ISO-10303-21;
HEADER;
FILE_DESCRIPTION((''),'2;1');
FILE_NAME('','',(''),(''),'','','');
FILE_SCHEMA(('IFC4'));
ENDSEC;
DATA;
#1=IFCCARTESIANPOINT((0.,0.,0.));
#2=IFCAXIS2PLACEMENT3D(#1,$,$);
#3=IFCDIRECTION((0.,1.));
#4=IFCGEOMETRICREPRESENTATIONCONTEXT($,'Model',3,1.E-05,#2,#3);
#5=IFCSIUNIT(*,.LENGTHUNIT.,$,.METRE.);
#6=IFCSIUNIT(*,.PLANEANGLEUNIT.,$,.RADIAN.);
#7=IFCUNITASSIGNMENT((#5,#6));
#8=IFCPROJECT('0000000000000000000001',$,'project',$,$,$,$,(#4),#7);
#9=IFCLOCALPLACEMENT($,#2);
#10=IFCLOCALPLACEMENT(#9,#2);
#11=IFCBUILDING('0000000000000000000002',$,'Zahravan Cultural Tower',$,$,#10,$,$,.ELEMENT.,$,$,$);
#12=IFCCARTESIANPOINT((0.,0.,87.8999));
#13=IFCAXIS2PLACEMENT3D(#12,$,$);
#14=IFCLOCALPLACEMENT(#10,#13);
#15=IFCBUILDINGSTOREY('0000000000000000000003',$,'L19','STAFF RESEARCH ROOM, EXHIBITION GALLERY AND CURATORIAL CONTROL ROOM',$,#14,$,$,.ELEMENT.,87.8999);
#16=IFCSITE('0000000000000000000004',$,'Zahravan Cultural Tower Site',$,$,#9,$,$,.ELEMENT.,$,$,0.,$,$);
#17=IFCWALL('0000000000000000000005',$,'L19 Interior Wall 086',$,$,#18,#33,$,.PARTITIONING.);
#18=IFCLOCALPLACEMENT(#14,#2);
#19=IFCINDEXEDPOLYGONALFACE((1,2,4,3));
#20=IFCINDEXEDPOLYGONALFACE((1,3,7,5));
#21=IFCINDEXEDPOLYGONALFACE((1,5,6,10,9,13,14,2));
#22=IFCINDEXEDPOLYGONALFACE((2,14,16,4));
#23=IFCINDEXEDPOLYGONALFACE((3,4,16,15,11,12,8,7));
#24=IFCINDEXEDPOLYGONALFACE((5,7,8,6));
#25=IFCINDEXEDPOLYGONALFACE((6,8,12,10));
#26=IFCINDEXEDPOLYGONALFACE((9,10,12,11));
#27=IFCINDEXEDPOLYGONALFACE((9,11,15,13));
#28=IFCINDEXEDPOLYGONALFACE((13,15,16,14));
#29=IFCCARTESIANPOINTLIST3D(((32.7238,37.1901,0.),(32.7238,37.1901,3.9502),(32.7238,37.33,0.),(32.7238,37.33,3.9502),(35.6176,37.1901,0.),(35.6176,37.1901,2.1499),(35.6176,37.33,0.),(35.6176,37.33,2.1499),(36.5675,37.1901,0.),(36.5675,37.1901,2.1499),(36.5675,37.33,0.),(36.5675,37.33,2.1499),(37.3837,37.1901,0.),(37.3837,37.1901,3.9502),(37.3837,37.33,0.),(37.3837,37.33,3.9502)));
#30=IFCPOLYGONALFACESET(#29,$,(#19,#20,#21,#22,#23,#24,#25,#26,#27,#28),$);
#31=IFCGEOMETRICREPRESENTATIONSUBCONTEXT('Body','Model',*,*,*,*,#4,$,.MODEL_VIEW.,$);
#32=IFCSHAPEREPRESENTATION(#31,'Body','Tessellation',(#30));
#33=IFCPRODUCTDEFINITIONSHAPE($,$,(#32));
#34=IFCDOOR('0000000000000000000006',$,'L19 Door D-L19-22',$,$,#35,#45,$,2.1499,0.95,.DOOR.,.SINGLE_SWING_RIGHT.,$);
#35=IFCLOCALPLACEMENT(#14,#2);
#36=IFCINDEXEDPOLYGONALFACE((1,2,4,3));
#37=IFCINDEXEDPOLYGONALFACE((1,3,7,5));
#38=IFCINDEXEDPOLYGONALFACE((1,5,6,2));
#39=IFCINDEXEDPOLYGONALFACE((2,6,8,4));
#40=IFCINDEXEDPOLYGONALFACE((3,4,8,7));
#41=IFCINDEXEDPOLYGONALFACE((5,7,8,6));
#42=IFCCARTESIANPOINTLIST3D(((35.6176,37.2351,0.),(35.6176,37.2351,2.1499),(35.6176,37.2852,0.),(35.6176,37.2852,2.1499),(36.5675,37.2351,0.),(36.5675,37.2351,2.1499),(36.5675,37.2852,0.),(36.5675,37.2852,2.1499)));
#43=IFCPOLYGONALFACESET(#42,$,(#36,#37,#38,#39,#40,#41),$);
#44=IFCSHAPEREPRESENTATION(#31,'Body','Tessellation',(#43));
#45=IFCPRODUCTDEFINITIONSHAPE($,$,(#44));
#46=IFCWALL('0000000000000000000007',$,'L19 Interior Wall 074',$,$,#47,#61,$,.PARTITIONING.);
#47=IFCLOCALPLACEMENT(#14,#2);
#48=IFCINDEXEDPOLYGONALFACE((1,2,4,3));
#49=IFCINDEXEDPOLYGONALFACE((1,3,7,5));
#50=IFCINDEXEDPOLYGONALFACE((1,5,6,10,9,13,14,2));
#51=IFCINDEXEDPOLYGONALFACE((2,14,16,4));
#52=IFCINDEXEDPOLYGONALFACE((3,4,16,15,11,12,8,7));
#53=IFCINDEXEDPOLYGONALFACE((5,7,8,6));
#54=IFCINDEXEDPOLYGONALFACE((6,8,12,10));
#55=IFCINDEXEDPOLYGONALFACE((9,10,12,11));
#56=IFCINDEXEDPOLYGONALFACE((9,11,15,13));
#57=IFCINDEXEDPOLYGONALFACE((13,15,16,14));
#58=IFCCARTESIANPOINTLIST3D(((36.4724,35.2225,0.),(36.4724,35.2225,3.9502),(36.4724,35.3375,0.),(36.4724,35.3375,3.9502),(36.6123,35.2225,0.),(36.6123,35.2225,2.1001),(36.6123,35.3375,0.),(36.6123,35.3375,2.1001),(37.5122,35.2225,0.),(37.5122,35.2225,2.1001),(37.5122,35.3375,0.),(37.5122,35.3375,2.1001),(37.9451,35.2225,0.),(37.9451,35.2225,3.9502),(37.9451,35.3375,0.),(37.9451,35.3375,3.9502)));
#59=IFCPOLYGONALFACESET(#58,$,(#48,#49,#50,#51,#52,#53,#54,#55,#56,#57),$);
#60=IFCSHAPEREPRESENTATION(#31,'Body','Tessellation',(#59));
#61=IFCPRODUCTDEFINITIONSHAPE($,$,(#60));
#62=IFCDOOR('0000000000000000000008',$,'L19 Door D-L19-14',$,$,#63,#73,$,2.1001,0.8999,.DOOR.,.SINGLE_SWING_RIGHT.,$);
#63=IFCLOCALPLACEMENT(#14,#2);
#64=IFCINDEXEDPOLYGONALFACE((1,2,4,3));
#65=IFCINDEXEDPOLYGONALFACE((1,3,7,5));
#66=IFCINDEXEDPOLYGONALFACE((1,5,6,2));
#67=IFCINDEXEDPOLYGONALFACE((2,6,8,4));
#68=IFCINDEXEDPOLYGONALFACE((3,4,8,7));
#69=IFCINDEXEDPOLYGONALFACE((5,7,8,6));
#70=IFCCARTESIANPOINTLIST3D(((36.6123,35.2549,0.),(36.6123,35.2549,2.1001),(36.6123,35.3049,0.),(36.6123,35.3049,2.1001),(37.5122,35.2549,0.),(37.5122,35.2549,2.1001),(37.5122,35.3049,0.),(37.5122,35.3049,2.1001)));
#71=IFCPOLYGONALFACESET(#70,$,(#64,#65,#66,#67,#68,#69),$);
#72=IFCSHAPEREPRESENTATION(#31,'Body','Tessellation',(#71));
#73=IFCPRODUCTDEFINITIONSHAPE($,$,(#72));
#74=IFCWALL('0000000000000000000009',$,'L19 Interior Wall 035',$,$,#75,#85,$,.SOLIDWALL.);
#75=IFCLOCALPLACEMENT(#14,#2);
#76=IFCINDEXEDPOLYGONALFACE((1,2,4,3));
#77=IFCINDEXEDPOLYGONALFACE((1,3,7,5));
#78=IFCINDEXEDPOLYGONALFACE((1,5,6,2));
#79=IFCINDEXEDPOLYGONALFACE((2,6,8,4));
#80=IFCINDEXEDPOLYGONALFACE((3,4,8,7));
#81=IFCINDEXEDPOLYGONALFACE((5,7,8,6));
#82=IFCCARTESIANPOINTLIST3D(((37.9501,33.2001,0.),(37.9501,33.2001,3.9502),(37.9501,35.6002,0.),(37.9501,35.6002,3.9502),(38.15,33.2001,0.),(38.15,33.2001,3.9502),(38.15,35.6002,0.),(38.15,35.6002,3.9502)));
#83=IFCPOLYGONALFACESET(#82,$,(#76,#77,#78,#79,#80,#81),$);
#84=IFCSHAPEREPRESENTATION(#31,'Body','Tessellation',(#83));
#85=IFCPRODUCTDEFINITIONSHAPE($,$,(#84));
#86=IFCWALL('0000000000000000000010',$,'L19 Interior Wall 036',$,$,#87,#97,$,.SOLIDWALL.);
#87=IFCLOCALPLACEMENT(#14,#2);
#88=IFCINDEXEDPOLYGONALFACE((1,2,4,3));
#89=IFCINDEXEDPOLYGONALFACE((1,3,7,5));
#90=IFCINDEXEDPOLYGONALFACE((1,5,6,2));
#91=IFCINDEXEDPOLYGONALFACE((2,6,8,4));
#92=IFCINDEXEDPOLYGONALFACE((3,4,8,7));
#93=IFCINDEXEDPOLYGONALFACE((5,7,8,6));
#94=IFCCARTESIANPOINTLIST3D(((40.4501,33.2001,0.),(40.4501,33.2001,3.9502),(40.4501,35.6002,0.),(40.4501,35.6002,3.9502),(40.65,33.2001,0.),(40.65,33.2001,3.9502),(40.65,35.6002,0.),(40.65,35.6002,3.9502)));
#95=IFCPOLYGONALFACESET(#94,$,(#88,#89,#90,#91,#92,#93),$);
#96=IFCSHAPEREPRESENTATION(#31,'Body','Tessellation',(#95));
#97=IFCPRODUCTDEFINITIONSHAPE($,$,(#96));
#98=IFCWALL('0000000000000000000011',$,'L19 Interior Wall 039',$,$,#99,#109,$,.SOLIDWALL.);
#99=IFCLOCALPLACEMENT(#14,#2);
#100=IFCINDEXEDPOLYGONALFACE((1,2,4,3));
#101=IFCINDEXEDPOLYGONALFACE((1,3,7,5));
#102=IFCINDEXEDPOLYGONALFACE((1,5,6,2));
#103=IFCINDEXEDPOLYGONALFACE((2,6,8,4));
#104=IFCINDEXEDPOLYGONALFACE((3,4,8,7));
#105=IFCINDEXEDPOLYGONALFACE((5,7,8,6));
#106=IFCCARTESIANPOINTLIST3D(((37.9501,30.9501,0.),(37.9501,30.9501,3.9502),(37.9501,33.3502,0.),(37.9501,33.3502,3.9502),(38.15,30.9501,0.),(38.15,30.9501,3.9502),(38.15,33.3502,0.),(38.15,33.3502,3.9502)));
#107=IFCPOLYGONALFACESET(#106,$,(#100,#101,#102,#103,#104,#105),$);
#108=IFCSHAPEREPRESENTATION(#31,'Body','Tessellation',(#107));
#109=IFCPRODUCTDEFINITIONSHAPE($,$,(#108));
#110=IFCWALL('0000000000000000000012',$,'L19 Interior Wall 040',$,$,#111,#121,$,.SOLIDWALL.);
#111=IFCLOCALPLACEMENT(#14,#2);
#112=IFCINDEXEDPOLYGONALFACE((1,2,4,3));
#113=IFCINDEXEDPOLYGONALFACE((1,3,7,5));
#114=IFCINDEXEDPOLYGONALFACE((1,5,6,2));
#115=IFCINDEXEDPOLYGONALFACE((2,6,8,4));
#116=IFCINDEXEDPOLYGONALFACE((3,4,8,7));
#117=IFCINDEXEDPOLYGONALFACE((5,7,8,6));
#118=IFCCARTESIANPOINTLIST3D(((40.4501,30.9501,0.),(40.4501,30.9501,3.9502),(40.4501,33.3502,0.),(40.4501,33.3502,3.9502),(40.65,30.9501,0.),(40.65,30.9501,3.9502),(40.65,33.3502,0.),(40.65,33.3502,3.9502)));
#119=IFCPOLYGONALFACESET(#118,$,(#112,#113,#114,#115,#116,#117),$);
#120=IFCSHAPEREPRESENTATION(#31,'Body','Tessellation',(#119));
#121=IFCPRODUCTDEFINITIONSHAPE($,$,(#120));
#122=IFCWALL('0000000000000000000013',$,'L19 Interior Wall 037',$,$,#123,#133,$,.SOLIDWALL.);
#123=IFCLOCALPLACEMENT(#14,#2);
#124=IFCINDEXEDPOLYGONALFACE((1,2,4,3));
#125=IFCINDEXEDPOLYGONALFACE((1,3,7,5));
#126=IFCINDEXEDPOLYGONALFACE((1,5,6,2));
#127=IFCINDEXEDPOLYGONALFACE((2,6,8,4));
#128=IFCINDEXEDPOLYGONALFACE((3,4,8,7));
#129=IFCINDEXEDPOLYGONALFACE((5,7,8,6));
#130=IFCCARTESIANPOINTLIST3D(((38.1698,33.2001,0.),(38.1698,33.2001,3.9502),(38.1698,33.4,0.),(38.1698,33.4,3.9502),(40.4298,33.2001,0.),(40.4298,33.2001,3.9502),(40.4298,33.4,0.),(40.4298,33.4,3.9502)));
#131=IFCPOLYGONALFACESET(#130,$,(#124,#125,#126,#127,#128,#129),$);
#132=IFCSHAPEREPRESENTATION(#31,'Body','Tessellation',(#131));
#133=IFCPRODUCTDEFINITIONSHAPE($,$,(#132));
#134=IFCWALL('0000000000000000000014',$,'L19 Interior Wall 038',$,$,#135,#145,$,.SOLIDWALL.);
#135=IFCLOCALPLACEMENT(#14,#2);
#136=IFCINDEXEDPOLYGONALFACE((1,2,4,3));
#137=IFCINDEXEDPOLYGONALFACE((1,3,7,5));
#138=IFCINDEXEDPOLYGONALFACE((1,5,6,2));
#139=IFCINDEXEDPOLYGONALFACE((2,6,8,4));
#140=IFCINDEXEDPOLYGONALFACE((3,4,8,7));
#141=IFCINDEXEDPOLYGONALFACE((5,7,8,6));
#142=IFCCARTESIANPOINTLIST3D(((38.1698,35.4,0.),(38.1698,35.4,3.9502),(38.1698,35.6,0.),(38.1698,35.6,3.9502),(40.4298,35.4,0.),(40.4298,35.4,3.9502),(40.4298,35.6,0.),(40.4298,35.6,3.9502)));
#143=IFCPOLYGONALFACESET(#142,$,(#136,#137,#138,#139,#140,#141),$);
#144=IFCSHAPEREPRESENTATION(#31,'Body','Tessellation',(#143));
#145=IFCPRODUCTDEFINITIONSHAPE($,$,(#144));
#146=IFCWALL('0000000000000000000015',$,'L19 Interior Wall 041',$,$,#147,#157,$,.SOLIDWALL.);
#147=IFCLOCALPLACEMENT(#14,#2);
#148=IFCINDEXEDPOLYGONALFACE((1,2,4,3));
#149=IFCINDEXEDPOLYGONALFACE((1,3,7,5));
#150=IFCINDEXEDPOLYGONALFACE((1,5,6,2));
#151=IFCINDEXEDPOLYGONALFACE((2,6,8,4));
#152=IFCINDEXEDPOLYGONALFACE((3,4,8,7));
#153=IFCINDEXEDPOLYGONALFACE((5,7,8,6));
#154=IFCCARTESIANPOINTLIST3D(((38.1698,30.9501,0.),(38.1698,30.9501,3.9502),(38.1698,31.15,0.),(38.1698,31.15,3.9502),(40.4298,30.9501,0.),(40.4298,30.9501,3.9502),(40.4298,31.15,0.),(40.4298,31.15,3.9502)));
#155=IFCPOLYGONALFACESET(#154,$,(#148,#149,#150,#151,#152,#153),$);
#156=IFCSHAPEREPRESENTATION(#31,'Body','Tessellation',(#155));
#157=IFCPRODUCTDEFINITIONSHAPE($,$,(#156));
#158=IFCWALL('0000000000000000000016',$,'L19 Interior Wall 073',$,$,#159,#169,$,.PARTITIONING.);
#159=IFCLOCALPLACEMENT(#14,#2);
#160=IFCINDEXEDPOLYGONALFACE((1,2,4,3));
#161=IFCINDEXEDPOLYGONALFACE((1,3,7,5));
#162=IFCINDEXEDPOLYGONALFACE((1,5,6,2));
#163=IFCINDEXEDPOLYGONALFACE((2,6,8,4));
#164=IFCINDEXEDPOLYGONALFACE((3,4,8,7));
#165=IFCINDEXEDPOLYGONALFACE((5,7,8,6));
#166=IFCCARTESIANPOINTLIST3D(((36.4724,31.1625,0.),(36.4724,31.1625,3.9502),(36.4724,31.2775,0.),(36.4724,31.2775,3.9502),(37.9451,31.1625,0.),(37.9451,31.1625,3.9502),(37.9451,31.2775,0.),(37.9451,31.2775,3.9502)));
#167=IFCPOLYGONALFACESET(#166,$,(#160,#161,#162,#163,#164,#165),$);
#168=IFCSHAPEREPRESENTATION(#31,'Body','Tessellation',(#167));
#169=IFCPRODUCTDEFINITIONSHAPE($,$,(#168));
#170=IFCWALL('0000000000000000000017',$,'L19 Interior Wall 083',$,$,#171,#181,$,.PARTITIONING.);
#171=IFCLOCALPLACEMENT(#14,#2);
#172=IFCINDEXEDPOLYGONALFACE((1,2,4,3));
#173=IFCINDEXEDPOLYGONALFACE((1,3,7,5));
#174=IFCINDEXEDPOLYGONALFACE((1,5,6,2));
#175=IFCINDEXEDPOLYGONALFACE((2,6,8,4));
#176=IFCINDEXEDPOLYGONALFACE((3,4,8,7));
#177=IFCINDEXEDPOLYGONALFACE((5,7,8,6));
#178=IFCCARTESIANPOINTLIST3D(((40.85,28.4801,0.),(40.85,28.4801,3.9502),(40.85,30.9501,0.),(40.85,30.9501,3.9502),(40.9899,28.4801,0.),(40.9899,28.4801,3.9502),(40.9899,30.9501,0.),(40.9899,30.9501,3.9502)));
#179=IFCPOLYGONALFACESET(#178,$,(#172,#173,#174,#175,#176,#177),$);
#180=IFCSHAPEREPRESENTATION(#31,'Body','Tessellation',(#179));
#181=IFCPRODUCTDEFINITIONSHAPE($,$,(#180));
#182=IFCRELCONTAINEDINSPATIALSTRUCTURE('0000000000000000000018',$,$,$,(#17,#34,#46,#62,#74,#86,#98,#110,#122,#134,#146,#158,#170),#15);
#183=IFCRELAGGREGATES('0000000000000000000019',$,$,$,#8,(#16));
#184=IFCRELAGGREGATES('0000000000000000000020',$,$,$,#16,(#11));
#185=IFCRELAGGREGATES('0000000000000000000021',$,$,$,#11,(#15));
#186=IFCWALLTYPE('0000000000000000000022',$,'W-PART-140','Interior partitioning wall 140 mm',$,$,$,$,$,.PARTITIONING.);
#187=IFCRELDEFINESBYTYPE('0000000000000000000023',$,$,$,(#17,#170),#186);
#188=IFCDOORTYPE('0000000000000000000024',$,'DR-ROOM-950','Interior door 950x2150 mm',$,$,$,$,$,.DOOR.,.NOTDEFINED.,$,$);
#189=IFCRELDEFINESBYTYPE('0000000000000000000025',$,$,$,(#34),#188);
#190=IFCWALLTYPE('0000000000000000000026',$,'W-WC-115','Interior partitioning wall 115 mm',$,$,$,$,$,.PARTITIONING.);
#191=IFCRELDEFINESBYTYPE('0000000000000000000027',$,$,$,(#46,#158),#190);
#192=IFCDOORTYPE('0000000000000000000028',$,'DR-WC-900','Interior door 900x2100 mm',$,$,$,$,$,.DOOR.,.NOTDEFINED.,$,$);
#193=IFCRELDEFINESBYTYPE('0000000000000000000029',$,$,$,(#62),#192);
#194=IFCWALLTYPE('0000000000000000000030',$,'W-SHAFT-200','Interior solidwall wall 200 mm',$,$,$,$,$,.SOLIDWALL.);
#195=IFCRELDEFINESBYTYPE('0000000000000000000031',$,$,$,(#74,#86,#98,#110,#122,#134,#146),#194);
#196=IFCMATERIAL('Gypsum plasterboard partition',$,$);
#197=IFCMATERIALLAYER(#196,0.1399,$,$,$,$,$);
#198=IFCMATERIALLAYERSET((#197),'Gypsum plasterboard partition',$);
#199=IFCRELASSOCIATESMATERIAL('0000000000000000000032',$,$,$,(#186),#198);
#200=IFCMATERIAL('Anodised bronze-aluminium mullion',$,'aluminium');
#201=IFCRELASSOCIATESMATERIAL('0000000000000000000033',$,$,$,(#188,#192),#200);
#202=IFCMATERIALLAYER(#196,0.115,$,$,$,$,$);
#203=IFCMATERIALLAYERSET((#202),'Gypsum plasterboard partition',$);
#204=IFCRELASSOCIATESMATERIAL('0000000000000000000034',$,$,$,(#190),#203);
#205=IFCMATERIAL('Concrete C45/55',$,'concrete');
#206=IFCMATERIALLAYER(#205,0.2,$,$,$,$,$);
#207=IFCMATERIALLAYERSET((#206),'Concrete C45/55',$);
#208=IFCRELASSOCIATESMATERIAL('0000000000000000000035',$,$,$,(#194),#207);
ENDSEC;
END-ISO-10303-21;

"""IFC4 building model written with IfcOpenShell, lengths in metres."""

from ifc_helpers import new_model, si_unit, direction, frame, frame_2d, origin, place, context, subcontext, project, spatial, rectangle, extrude, source, transform, mapped, material, layer, layer_set, type_object, element, fill, save


model = new_model("IFC4")

# Units and contexts
model_context = context("Model", 3, precision=1e-05, world=origin(), true_north=direction((0.0, 1.0)))
body_context = subcontext(model_context, "Body", "Model", "MODEL_VIEW")
ifc_project = project(units=[si_unit("LENGTHUNIT", "METRE"), si_unit("PLANEANGLEUNIT", "RADIAN")], contexts=[model_context])

# Site, building, storey
site_placement = place(None, origin())
site = spatial("IfcSite", under=ifc_project, at=site_placement, Name="Zahravan Cultural Tower Site", CompositionType="ELEMENT", RefElevation=0.0)
building_placement = place(site_placement, origin())
building = spatial("IfcBuilding", under=site, at=building_placement, Name="Zahravan Cultural Tower", CompositionType="ELEMENT")
storey_placement = place(building_placement, frame((0.0, 0.0, 87.8999)))
storey = spatial("IfcBuildingStorey", under=building, at=storey_placement, Name="L19", Description="STAFF RESEARCH ROOM, EXHIBITION GALLERY AND CURATORIAL CONTROL ROOM", CompositionType="ELEMENT", Elevation=87.8999)

# Shared definitions
ifc_material_1 = material(Name="Anodised bronze-aluminium mullion", Category="aluminium")

# Walls, openings, doors
ifc_material_2 = material(Name="Gypsum plasterboard partition")
ifc_layer_1 = layer(ifc_material_2, 0.1399)
ifc_layer_set_1 = layer_set([ifc_layer_1], Name="Gypsum plasterboard partition")
wall_type_1 = type_object("IfcWallType", Name="W-PART-140", Description="Interior partitioning wall 140 mm", PredefinedType="PARTITIONING", material=ifc_layer_set_1)
door_type_1 = type_object("IfcDoorType", Name="DR-ROOM-950", Description="Interior door 950x2150 mm", OperationType="NOTDEFINED", PredefinedType="DOOR", material=ifc_material_1)
shared_shape_1 = source(origin(), body_context, "Body", "SweptSolid", [
    extrude(rectangle(XDim=0.95, YDim=2.1499, at=frame_2d((0.4751, 1.075))), frame((0.0, 0.0249, 0.0), z_axis=(0.0, -1.0, 0.0), x_axis=(1.0, 0.0, 0.0)), (0.0, 0.0, 1.0), 0.05),
])
wall_1_placement = place(storey_placement, frame((37.3838, 37.26, 0.0), z_axis=(0.0, 0.0, 1.0), x_axis=(-1.0, 0.0, 0.0)))
wall_1 = element("IfcWall", 1, at=wall_1_placement, inside=storey, type_object=wall_type_1, Name="L19 Interior Wall 086", PredefinedType="PARTITIONING", context=body_context, shape_type="SweptSolid", body=[
    extrude(rectangle(XDim=4.6599, YDim=0.1399, at=frame_2d((2.3301, 0.0))), origin(), (0.0, 0.0, 1.0), 3.9502),
])
opening_1_placement = place(wall_1_placement, frame((0.8162, 0.0, 0.0)))
opening_1 = element("IfcOpeningElement", 2, at=opening_1_placement, cuts=wall_1, PredefinedType="OPENING", context=body_context, shape_type="SweptSolid", body=[
    extrude(rectangle(XDim=0.95, YDim=2.1499, at=frame_2d((0.4751, 1.075))), frame((0.0, 0.0798, 0.0), z_axis=(0.0, -1.0, 0.0), x_axis=(1.0, 0.0, 0.0)), (0.0, 0.0, 1.0), 0.1599),
])
door_1_placement = place(opening_1_placement, origin())
door_1 = element("IfcDoor", 3, at=door_1_placement, inside=storey, type_object=door_type_1, Name="L19 Door D-L19-22", OperationType="SINGLE_SWING_RIGHT", OverallHeight=2.1499, OverallWidth=0.95, PredefinedType="DOOR", context=body_context, shape_type="MappedRepresentation", body=[
    mapped(shared_shape_1, transform((0.0, 0.0, 0.0), x_axis=(1.0, 0.0, 0.0), y_axis=(0.0, 1.0, 0.0), z_axis=(0.0, 0.0, 1.0), scale=1.0)),
])
fill(opening_1, door_1)
ifc_layer_2 = layer(ifc_material_2, 0.115)
ifc_layer_set_2 = layer_set([ifc_layer_2], Name="Gypsum plasterboard partition")
wall_type_2 = type_object("IfcWallType", Name="W-WC-115", Description="Interior partitioning wall 115 mm", PredefinedType="PARTITIONING", material=ifc_layer_set_2)
wall_2_placement = place(storey_placement, frame((36.4724, 35.28, 0.0), z_axis=(0.0, 0.0, 1.0), x_axis=(1.0, 0.0, 0.0)))
wall_2 = element("IfcWall", 4, at=wall_2_placement, inside=storey, type_object=wall_type_2, Name="L19 Interior Wall 074", PredefinedType="PARTITIONING", context=body_context, shape_type="SweptSolid", body=[
    extrude(rectangle(XDim=1.4727, YDim=0.115, at=frame_2d((0.7363, 0.0))), origin(), (0.0, 0.0, 1.0), 3.9502),
])
opening_2_placement = place(wall_2_placement, frame((0.1399, 0.0, 0.0)))
opening_2 = element("IfcOpeningElement", 5, at=opening_2_placement, cuts=wall_2, PredefinedType="OPENING", context=body_context, shape_type="SweptSolid", body=[
    extrude(rectangle(XDim=0.8999, YDim=2.1001, at=frame_2d((0.45, 1.05))), frame((0.0, 0.0674, 0.0), z_axis=(0.0, -1.0, 0.0), x_axis=(1.0, 0.0, 0.0)), (0.0, 0.0, 1.0), 0.135),
])
door_type_2 = type_object("IfcDoorType", Name="DR-WC-900", Description="Interior door 900x2100 mm", OperationType="NOTDEFINED", PredefinedType="DOOR", material=ifc_material_1)
shared_shape_2 = source(origin(), body_context, "Body", "SweptSolid", [
    extrude(rectangle(XDim=0.8999, YDim=2.1001, at=frame_2d((0.45, 1.05))), frame((0.0, 0.0249, 0.0), z_axis=(0.0, -1.0, 0.0), x_axis=(1.0, 0.0, 0.0)), (0.0, 0.0, 1.0), 0.05),
])
door_2_placement = place(opening_2_placement, origin())
door_2 = element("IfcDoor", 6, at=door_2_placement, inside=storey, type_object=door_type_2, Name="L19 Door D-L19-14", OperationType="SINGLE_SWING_RIGHT", OverallHeight=2.1001, OverallWidth=0.8999, PredefinedType="DOOR", context=body_context, shape_type="MappedRepresentation", body=[
    mapped(shared_shape_2, transform((0.0, 0.0, 0.0), x_axis=(1.0, 0.0, 0.0), y_axis=(0.0, 1.0, 0.0), z_axis=(0.0, 0.0, 1.0), scale=1.0)),
])
fill(opening_2, door_2)

# Walls
ifc_material_3 = material(Name="Concrete C45/55", Category="concrete")
ifc_layer_3 = layer(ifc_material_3, 0.2)
ifc_layer_set_3 = layer_set([ifc_layer_3], Name="Concrete C45/55")
wall_type_3 = type_object("IfcWallType", Name="W-SHAFT-200", Description="Interior solidwall wall 200 mm", PredefinedType="SOLIDWALL", material=ifc_layer_set_3)
shared_shape_3 = source(origin(), body_context, "Body", "SweptSolid", [
    extrude(rectangle(XDim=2.4001, YDim=0.2, at=frame_2d((1.2002, 0.0))), origin(), (0.0, 0.0, 1.0), 3.9502),
])
for number, where, z_axis, x_axis, name in (
    (7, (38.05, 33.2, 0.0), (0.0, 0.0, 1.0), (0.0, 1.0, 0.0), "L19 Interior Wall 035"),
    (8, (40.55, 33.2, 0.0), (0.0, 0.0, 1.0), (0.0, 1.0, 0.0), "L19 Interior Wall 036"),
    (9, (38.05, 30.95, 0.0), (0.0, 0.0, 1.0), (0.0, 1.0, 0.0), "L19 Interior Wall 039"),
    (10, (40.55, 30.95, 0.0), (0.0, 0.0, 1.0), (0.0, 1.0, 0.0), "L19 Interior Wall 040"),
):
    element("IfcWall", number, at=place(storey_placement, frame(where, z_axis=z_axis, x_axis=x_axis)), inside=storey, type_object=wall_type_3, Name=name, PredefinedType="SOLIDWALL", context=body_context, shape_type="MappedRepresentation", body=[
        mapped(shared_shape_3, transform((0.0, 0.0, 0.0), x_axis=(1.0, 0.0, 0.0), y_axis=(0.0, 1.0, 0.0), z_axis=(0.0, 0.0, 1.0), scale=1.0)),
    ])
shared_shape_4 = source(origin(), body_context, "Body", "SweptSolid", [
    extrude(rectangle(XDim=2.26, YDim=0.2, at=frame_2d((1.1299, 0.0))), origin(), (0.0, 0.0, 1.0), 3.9502),
])
for number, where, z_axis, x_axis, name in (
    (11, (38.1699, 33.3, 0.0), (0.0, 0.0, 1.0), (1.0, 0.0, 0.0), "L19 Interior Wall 037"),
    (12, (38.1699, 35.5, 0.0), (0.0, 0.0, 1.0), (1.0, 0.0, 0.0), "L19 Interior Wall 038"),
    (13, (38.1699, 31.05, 0.0), (0.0, 0.0, 1.0), (1.0, 0.0, 0.0), "L19 Interior Wall 041"),
):
    element("IfcWall", number, at=place(storey_placement, frame(where, z_axis=z_axis, x_axis=x_axis)), inside=storey, type_object=wall_type_3, Name=name, PredefinedType="SOLIDWALL", context=body_context, shape_type="MappedRepresentation", body=[
        mapped(shared_shape_4, transform((0.0, 0.0, 0.0), x_axis=(1.0, 0.0, 0.0), y_axis=(0.0, 1.0, 0.0), z_axis=(0.0, 0.0, 1.0), scale=1.0)),
    ])
shared_shape_5 = source(origin(), body_context, "Body", "SweptSolid", [
    extrude(rectangle(XDim=1.4727, YDim=0.115, at=frame_2d((0.7363, 0.0))), origin(), (0.0, 0.0, 1.0), 3.9502),
])
wall_3_placement = place(storey_placement, frame((37.9451, 31.22, 0.0), z_axis=(0.0, 0.0, 1.0), x_axis=(-1.0, 0.0, 0.0)))
element("IfcWall", 14, at=wall_3_placement, inside=storey, type_object=wall_type_2, Name="L19 Interior Wall 073", PredefinedType="PARTITIONING", context=body_context, shape_type="MappedRepresentation", body=[
    mapped(shared_shape_5, transform((0.0, 0.0, 0.0), x_axis=(1.0, 0.0, 0.0), y_axis=(0.0, 1.0, 0.0), z_axis=(0.0, 0.0, 1.0), scale=1.0)),
])
shared_shape_6 = source(origin(), body_context, "Body", "SweptSolid", [
    extrude(rectangle(XDim=2.47, YDim=0.1399, at=frame_2d((1.2349, 0.0))), origin(), (0.0, 0.0, 1.0), 3.9502),
])
wall_4_placement = place(storey_placement, frame((40.9199, 30.95, 0.0), z_axis=(0.0, 0.0, 1.0), x_axis=(0.0, -1.0, 0.0)))
element("IfcWall", 15, at=wall_4_placement, inside=storey, type_object=wall_type_1, Name="L19 Interior Wall 083", PredefinedType="PARTITIONING", context=body_context, shape_type="MappedRepresentation", body=[
    mapped(shared_shape_6, transform((0.0, 0.0, 0.0), x_axis=(1.0, 0.0, 0.0), y_axis=(0.0, 1.0, 0.0), z_axis=(0.0, 0.0, 1.0), scale=1.0)),
])

save(model, "model.ifc")
